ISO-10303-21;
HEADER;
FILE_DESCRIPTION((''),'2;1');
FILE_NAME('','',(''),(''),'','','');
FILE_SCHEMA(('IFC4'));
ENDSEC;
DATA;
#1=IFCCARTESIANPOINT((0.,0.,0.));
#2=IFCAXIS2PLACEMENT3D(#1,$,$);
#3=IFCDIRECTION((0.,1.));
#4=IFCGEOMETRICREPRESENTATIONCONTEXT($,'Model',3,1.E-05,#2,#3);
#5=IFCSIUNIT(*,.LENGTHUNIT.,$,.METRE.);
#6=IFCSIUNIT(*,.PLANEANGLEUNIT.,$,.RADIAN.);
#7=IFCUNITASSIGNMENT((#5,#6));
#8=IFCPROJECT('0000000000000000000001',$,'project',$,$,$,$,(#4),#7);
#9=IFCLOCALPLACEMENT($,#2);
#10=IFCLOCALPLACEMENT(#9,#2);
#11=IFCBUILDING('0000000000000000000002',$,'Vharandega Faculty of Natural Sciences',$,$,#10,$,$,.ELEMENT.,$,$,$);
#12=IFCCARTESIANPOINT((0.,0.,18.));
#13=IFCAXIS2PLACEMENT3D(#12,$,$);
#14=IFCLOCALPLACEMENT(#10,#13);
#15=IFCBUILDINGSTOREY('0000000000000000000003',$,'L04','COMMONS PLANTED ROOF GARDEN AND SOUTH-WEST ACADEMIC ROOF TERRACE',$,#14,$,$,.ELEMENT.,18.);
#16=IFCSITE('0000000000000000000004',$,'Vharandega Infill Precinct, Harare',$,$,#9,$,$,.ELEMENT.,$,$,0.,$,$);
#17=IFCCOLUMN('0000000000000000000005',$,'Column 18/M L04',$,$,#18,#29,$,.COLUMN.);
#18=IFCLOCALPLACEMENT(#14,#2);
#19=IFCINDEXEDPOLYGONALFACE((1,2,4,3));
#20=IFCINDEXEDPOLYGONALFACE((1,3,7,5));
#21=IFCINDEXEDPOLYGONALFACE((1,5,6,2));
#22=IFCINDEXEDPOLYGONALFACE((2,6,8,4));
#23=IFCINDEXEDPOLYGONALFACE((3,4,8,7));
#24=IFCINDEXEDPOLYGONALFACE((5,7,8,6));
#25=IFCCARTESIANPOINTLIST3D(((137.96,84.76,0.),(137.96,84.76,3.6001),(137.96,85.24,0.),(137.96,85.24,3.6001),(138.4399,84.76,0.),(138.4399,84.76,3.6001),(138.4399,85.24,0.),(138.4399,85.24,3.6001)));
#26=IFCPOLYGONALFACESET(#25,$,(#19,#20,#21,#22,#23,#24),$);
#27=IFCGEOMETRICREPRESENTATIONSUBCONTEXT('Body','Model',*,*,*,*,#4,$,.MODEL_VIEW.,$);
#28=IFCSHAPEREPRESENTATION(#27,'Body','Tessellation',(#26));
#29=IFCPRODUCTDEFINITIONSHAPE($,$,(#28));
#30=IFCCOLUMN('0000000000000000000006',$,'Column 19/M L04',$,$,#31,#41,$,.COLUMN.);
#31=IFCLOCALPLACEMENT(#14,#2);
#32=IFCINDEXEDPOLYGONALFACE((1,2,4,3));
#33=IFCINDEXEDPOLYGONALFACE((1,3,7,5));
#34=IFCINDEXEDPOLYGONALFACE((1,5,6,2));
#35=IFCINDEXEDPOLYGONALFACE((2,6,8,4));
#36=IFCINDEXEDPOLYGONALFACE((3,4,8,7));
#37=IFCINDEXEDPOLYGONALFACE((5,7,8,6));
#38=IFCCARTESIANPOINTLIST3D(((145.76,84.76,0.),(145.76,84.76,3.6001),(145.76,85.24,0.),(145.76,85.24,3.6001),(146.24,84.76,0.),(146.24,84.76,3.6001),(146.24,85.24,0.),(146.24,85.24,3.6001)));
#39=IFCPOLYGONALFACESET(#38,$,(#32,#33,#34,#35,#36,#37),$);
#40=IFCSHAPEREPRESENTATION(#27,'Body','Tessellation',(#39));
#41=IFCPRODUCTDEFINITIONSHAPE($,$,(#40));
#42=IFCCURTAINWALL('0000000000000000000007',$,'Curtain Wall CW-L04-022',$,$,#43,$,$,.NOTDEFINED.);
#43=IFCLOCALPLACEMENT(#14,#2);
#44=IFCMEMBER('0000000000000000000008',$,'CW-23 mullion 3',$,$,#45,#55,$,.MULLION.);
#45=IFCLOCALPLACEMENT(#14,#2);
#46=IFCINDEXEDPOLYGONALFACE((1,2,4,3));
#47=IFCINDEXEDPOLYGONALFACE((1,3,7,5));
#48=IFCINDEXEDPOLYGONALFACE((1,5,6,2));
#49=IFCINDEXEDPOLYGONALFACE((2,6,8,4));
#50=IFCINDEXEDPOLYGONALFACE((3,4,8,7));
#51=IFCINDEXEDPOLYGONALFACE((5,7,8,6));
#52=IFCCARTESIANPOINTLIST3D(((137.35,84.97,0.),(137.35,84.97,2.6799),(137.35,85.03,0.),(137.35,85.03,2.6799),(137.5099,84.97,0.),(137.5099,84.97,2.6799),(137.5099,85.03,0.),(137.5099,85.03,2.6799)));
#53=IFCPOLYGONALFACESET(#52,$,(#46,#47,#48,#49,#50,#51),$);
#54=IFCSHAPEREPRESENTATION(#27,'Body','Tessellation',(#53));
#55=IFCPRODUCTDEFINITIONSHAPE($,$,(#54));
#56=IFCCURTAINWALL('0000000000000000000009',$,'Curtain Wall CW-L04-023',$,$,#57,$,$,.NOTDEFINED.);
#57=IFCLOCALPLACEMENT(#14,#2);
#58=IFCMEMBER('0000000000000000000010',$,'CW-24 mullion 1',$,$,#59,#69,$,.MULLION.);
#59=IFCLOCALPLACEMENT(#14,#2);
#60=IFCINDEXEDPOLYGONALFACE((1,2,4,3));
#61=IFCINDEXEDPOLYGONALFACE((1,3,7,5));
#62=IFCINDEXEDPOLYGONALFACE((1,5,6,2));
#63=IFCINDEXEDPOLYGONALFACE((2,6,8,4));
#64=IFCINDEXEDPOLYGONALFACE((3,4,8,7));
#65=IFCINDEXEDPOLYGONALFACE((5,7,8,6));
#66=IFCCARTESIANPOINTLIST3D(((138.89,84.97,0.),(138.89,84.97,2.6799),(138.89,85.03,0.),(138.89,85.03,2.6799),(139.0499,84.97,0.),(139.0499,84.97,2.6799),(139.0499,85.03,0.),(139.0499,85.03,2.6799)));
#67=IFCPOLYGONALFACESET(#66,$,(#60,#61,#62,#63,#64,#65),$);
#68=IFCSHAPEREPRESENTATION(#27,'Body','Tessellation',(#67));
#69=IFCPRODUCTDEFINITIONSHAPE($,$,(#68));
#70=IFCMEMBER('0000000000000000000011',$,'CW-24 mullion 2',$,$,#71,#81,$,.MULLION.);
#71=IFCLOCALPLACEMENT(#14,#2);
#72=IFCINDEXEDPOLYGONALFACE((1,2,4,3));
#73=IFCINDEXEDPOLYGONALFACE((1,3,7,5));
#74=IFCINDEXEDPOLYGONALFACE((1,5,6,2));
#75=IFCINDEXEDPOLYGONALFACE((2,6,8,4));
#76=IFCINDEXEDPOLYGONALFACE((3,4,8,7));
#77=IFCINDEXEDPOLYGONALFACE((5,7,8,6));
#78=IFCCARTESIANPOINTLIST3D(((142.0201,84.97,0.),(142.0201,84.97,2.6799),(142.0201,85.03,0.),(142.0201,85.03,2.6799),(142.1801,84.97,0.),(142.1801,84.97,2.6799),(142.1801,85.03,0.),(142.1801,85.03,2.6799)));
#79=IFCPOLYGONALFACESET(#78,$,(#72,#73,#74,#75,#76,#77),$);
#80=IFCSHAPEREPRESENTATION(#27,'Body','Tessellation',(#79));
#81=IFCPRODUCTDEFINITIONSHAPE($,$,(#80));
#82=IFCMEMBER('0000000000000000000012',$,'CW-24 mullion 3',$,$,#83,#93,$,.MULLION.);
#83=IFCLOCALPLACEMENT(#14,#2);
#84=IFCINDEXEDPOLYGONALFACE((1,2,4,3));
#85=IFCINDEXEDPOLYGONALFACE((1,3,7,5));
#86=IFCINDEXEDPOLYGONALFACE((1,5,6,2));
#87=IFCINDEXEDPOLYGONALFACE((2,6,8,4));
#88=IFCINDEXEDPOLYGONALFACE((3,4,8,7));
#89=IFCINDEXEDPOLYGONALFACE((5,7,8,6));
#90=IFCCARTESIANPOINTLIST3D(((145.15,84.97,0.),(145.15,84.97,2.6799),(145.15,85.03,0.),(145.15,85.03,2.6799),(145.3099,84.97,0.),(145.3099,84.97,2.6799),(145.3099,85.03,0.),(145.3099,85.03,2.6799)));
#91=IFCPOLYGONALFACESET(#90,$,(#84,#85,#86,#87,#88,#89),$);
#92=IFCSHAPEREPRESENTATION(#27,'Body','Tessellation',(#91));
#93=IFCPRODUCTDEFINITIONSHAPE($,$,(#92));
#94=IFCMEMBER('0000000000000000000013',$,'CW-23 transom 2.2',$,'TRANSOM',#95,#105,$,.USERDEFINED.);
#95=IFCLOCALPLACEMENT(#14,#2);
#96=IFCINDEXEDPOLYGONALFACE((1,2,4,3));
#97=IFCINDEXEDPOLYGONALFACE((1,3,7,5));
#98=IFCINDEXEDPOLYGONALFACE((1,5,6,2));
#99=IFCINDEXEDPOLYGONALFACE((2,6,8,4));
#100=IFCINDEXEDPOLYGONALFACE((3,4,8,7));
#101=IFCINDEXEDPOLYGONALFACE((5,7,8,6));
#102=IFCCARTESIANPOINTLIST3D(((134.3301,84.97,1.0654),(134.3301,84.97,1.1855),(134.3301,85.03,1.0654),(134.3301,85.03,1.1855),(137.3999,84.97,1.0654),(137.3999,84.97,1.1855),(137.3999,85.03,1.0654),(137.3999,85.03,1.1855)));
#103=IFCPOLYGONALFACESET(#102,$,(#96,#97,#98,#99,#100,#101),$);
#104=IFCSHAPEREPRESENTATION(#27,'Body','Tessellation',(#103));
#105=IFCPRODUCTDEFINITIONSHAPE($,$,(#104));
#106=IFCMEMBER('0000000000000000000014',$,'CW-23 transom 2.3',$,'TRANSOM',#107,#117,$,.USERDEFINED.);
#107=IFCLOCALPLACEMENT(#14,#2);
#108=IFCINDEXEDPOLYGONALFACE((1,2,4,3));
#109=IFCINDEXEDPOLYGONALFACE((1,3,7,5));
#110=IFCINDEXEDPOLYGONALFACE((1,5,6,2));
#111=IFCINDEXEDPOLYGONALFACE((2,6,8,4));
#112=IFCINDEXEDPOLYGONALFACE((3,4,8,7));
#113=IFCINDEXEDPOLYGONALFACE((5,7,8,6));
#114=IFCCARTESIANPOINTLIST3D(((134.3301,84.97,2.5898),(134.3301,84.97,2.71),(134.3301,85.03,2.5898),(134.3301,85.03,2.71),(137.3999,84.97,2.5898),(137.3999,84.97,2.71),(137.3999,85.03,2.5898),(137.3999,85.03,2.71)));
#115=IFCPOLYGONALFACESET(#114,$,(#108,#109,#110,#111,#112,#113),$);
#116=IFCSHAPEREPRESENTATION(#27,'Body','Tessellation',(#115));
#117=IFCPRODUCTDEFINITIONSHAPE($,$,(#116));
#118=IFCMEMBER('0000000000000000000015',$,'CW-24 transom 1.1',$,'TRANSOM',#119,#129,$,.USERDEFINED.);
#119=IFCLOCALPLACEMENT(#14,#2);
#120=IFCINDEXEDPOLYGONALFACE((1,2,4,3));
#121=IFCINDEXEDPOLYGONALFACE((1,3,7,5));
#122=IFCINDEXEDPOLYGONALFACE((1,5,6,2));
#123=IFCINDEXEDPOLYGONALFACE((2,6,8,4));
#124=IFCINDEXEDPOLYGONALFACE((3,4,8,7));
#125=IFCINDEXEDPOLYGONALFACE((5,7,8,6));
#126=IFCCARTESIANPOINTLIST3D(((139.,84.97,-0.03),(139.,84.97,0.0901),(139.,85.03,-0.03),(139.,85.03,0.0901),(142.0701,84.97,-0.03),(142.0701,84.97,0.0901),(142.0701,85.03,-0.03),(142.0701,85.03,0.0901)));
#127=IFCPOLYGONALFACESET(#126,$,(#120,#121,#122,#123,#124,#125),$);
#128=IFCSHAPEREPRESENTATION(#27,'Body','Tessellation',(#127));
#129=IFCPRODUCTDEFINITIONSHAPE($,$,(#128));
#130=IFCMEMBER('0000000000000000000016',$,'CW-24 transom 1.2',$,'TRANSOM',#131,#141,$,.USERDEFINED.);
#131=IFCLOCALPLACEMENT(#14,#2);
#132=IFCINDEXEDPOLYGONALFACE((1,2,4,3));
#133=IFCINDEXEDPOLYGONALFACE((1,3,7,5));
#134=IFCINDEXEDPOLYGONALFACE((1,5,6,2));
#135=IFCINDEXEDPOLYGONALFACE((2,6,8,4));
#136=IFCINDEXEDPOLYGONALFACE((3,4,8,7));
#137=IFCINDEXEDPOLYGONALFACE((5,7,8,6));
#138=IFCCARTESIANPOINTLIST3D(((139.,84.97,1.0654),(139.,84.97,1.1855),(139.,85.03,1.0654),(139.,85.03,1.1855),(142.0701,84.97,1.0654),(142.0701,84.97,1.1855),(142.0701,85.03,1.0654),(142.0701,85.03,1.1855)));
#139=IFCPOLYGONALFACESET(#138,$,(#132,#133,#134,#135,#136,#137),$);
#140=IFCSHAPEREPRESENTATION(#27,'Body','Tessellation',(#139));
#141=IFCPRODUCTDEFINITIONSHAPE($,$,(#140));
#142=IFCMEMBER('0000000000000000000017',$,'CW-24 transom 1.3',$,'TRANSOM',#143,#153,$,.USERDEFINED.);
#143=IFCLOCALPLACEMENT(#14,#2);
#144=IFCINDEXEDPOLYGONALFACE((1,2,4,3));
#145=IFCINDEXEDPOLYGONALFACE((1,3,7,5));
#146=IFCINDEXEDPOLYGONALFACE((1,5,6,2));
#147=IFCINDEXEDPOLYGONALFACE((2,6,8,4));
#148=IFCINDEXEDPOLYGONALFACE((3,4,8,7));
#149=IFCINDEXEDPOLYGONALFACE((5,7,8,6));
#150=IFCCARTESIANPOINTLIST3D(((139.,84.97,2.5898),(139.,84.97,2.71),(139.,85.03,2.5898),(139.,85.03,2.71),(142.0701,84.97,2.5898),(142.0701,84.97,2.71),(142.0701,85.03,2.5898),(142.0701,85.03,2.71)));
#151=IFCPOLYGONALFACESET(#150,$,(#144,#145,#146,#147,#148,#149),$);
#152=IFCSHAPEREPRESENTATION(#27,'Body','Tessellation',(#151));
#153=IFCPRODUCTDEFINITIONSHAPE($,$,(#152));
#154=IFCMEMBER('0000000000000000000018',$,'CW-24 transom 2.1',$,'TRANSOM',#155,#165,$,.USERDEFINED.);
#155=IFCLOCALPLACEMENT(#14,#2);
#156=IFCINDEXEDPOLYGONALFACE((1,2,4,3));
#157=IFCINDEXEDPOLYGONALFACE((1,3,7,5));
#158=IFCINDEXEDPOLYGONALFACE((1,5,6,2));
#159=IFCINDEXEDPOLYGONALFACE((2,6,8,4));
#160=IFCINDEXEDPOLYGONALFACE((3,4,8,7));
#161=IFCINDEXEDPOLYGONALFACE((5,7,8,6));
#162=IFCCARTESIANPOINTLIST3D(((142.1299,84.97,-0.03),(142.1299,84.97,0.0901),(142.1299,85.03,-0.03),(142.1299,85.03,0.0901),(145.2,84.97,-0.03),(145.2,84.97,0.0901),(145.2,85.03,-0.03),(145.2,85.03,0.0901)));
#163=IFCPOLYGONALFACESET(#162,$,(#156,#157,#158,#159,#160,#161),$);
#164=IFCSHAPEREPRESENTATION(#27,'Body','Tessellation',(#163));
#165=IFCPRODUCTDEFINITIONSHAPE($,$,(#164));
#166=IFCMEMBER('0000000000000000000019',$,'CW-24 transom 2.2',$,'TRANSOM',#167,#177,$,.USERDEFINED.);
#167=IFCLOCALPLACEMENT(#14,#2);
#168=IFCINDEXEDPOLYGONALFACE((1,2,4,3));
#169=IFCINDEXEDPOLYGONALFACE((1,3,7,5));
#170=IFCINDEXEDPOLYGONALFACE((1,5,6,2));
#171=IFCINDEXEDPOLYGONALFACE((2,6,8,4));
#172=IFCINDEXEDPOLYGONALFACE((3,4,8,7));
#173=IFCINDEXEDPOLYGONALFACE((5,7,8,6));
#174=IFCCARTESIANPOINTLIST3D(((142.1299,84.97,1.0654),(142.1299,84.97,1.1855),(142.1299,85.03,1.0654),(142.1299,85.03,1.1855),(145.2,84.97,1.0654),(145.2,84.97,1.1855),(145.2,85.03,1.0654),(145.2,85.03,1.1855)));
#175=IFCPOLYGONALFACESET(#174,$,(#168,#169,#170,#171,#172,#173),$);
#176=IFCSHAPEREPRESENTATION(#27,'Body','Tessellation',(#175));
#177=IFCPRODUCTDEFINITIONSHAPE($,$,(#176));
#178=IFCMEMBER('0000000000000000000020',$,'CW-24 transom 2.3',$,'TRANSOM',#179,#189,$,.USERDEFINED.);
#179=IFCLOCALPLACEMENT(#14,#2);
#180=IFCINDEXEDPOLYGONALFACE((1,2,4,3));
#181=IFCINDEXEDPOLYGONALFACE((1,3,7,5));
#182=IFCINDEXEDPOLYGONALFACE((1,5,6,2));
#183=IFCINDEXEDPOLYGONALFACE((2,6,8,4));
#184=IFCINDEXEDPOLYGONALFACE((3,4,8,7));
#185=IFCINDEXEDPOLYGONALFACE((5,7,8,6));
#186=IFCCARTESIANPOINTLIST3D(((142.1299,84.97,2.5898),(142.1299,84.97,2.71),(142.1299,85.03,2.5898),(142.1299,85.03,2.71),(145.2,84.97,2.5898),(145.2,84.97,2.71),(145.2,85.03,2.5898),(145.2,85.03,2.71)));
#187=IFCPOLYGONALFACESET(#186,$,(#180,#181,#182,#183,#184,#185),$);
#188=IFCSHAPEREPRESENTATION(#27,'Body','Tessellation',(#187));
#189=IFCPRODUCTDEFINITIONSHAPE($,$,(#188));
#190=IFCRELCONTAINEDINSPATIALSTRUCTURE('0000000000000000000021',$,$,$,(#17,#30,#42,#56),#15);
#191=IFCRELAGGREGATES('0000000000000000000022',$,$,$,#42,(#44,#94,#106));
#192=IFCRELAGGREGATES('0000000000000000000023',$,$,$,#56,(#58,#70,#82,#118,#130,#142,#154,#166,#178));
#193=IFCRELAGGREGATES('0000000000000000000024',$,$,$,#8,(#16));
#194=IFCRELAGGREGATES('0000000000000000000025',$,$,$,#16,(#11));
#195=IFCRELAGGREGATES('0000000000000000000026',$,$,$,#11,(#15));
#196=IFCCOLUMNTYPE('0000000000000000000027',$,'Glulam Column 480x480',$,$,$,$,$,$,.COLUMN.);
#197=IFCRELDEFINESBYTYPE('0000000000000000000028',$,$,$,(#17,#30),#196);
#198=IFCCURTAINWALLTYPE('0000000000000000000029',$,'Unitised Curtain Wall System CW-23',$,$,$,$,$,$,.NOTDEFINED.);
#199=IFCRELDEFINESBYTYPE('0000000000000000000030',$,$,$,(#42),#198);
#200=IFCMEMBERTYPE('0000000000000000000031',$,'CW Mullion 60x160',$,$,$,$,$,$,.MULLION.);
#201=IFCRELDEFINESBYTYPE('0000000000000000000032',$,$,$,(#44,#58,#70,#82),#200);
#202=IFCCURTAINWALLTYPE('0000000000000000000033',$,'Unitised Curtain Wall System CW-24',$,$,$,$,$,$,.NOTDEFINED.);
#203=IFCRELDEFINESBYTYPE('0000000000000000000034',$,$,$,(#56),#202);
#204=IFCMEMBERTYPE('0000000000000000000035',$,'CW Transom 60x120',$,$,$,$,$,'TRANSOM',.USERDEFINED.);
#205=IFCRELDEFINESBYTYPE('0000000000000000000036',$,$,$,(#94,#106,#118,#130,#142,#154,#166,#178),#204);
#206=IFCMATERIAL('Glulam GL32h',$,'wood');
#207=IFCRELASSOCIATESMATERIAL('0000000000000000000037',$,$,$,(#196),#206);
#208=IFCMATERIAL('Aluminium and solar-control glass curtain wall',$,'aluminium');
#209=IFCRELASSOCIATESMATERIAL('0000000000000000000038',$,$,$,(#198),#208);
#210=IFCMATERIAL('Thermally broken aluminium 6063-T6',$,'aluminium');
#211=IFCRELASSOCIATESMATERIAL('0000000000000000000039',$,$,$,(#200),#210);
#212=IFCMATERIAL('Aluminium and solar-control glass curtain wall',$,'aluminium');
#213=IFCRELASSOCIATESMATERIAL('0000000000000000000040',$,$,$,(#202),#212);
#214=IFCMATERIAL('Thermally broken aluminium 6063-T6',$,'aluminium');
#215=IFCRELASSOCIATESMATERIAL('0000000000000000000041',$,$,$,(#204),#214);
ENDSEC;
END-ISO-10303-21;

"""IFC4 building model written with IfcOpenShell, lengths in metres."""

from ifc_helpers import new_model, si_unit, direction, frame, origin, origin_2d, place, context, subcontext, project, spatial, rectangle, extrude, material, material_profile, profile_set, type_object, element, aggregate, save


model = new_model("IFC4")

# Units and contexts
model_context = context("Model", 3, precision=1e-05, world=origin(), true_north=direction((0.0, 1.0)))
body_context = subcontext(model_context, "Body", "Model", "MODEL_VIEW")
ifc_project = project(units=[si_unit("LENGTHUNIT", "METRE"), si_unit("PLANEANGLEUNIT", "RADIAN")], contexts=[model_context])

# Site, building, storey
site_placement = place(None, origin())
site = spatial("IfcSite", under=ifc_project, at=site_placement, Name="Vharandega Infill Precinct, Harare", CompositionType="ELEMENT", RefElevation=0.0)
building_placement = place(site_placement, origin())
building = spatial("IfcBuilding", under=site, at=building_placement, Name="Vharandega Faculty of Natural Sciences", CompositionType="ELEMENT")
storey_placement = place(building_placement, frame((0.0, 0.0, 18.0)))
storey = spatial("IfcBuildingStorey", under=building, at=storey_placement, Name="L04", Description="COMMONS PLANTED ROOF GARDEN AND SOUTH-WEST ACADEMIC ROOF TERRACE", CompositionType="ELEMENT", Elevation=18.0)

# Columns
ifc_material_1 = material(Name="Glulam GL32h", Category="wood")
ifc_material_profile_1 = material_profile(ifc_material_1, rectangle(XDim=0.48, YDim=0.48, at=origin_2d()), Name="GL32h 480x480")
ifc_profile_set_1 = profile_set([ifc_material_profile_1], Name="Glulam GL32h")
column_type = type_object("IfcColumnType", Name="Glulam Column 480x480", PredefinedType="COLUMN", material=ifc_profile_set_1)
for number, where, z_axis, x_axis, name in (
    (1, (138.2, 85.0, 0.0), (0.0, 0.0, 1.0), (1.0, 0.0, 0.0), "Column 18/M L04"),
    (2, (146.0, 85.0, 0.0), (0.0, 0.0, 1.0), (1.0, 0.0, 0.0), "Column 19/M L04"),
):
    element("IfcColumn", number, at=place(storey_placement, frame(where, z_axis=z_axis, x_axis=x_axis)), inside=storey, type_object=column_type, Name=name, PredefinedType="COLUMN", context=body_context, shape_type="SweptSolid", body=[
        extrude(rectangle(XDim=0.48, YDim=0.48, at=origin_2d()), origin(), (0.0, 0.0, 1.0), 3.6001),
    ])

# Curtain wall, member
ifc_material_2 = material(Name="Aluminium and solar-control glass curtain wall", Category="aluminium")
curtain_wall_type_1 = type_object("IfcCurtainWallType", Name="Unitised Curtain Wall System CW-23", PredefinedType="NOTDEFINED", material=ifc_material_2)
curtain_wall_1_placement = place(storey_placement, origin())
curtain_wall_1 = element("IfcCurtainWall", 3, at=curtain_wall_1_placement, inside=storey, type_object=curtain_wall_type_1, Name="Curtain Wall CW-L04-022", PredefinedType="NOTDEFINED")
ifc_material_3 = material(Name="Thermally broken aluminium 6063-T6", Category="aluminium")
ifc_material_profile_2 = material_profile(ifc_material_3, rectangle(XDim=0.0601, YDim=0.1599, at=origin_2d()), Name="ALU 60x160")
ifc_profile_set_2 = profile_set([ifc_material_profile_2], Name="Thermally broken aluminium 6063-T6")
member_type_1 = type_object("IfcMemberType", Name="CW Mullion 60x160", PredefinedType="MULLION", material=ifc_profile_set_2)
member_1_placement = place(storey_placement, frame((137.4299, 85.0, 0.0), z_axis=(0.0, 0.0, 1.0), x_axis=(0.0, 1.0, 0.0)))
member_1 = element("IfcMember", 4, at=member_1_placement, type_object=member_type_1, Name="CW-23 mullion 3", PredefinedType="MULLION", context=body_context, shape_type="SweptSolid", body=[
    extrude(rectangle(XDim=0.0601, YDim=0.1599, at=origin_2d()), origin(), (0.0, 0.0, 1.0), 2.6799),
])

# Curtain wall, members
ifc_material_4 = material(Name="Aluminium and solar-control glass curtain wall", Category="aluminium")
curtain_wall_type_2 = type_object("IfcCurtainWallType", Name="Unitised Curtain Wall System CW-24", PredefinedType="NOTDEFINED", material=ifc_material_4)
curtain_wall_2_placement = place(storey_placement, origin())
curtain_wall_2 = element("IfcCurtainWall", 5, at=curtain_wall_2_placement, inside=storey, type_object=curtain_wall_type_2, Name="Curtain Wall CW-L04-023", PredefinedType="NOTDEFINED")
member_2_placement = place(storey_placement, frame((138.97, 85.0, 0.0), z_axis=(0.0, 0.0, 1.0), x_axis=(0.0, 1.0, 0.0)))
member_2 = element("IfcMember", 6, at=member_2_placement, type_object=member_type_1, Name="CW-24 mullion 1", PredefinedType="MULLION", context=body_context, shape_type="SweptSolid", body=[
    extrude(rectangle(XDim=0.0601, YDim=0.1599, at=origin_2d()), origin(), (0.0, 0.0, 1.0), 2.6799),
])
member_3_placement = place(storey_placement, frame((142.1001, 85.0, 0.0), z_axis=(0.0, 0.0, 1.0), x_axis=(0.0, 1.0, 0.0)))
member_3 = element("IfcMember", 7, at=member_3_placement, type_object=member_type_1, Name="CW-24 mullion 2", PredefinedType="MULLION", context=body_context, shape_type="SweptSolid", body=[
    extrude(rectangle(XDim=0.0601, YDim=0.1599, at=origin_2d()), origin(), (0.0, 0.0, 1.0), 2.6799),
])
member_4_placement = place(storey_placement, frame((145.23, 85.0, 0.0), z_axis=(0.0, 0.0, 1.0), x_axis=(0.0, 1.0, 0.0)))
member_4 = element("IfcMember", 8, at=member_4_placement, type_object=member_type_1, Name="CW-24 mullion 3", PredefinedType="MULLION", context=body_context, shape_type="SweptSolid", body=[
    extrude(rectangle(XDim=0.0601, YDim=0.1599, at=origin_2d()), origin(), (0.0, 0.0, 1.0), 2.6799),
])

# Members
ifc_material_5 = material(Name="Thermally broken aluminium 6063-T6", Category="aluminium")
ifc_material_profile_3 = material_profile(ifc_material_5, rectangle(XDim=0.0601, YDim=0.1201, at=origin_2d()), Name="ALU 60x120")
ifc_profile_set_3 = profile_set([ifc_material_profile_3], Name="Thermally broken aluminium 6063-T6")
member_type_2 = type_object("IfcMemberType", Name="CW Transom 60x120", ElementType="TRANSOM", PredefinedType="USERDEFINED", material=ifc_profile_set_3)
member_5_placement = place(storey_placement, frame((134.3301, 85.0, 1.1255), z_axis=(1.0, 0.0, 0.0), x_axis=(0.0, 1.0, 0.0)))
member_5 = element("IfcMember", 9, at=member_5_placement, type_object=member_type_2, Name="CW-23 transom 2.2", ObjectType="TRANSOM", PredefinedType="USERDEFINED", context=body_context, shape_type="SweptSolid", body=[
    extrude(rectangle(XDim=0.0601, YDim=0.1201, at=origin_2d()), origin(), (0.0, 0.0, 1.0), 3.0698),
])
member_6_placement = place(storey_placement, frame((134.3301, 85.0, 2.6499), z_axis=(1.0, 0.0, 0.0), x_axis=(0.0, 1.0, 0.0)))
member_6 = element("IfcMember", 10, at=member_6_placement, type_object=member_type_2, Name="CW-23 transom 2.3", ObjectType="TRANSOM", PredefinedType="USERDEFINED", context=body_context, shape_type="SweptSolid", body=[
    extrude(rectangle(XDim=0.0601, YDim=0.1201, at=origin_2d()), origin(), (0.0, 0.0, 1.0), 3.0698),
])
member_7_placement = place(storey_placement, frame((139.0, 85.0, 0.03), z_axis=(1.0, 0.0, 0.0), x_axis=(0.0, 1.0, 0.0)))
member_7 = element("IfcMember", 11, at=member_7_placement, type_object=member_type_2, Name="CW-24 transom 1.1", ObjectType="TRANSOM", PredefinedType="USERDEFINED", context=body_context, shape_type="SweptSolid", body=[
    extrude(rectangle(XDim=0.0601, YDim=0.1201, at=origin_2d()), origin(), (0.0, 0.0, 1.0), 3.0701),
])
member_8_placement = place(storey_placement, frame((139.0, 85.0, 1.1255), z_axis=(1.0, 0.0, 0.0), x_axis=(0.0, 1.0, 0.0)))
member_8 = element("IfcMember", 12, at=member_8_placement, type_object=member_type_2, Name="CW-24 transom 1.2", ObjectType="TRANSOM", PredefinedType="USERDEFINED", context=body_context, shape_type="SweptSolid", body=[
    extrude(rectangle(XDim=0.0601, YDim=0.1201, at=origin_2d()), origin(), (0.0, 0.0, 1.0), 3.0701),
])
member_9_placement = place(storey_placement, frame((139.0, 85.0, 2.6499), z_axis=(1.0, 0.0, 0.0), x_axis=(0.0, 1.0, 0.0)))
member_9 = element("IfcMember", 13, at=member_9_placement, type_object=member_type_2, Name="CW-24 transom 1.3", ObjectType="TRANSOM", PredefinedType="USERDEFINED", context=body_context, shape_type="SweptSolid", body=[
    extrude(rectangle(XDim=0.0601, YDim=0.1201, at=origin_2d()), origin(), (0.0, 0.0, 1.0), 3.0701),
])
member_10_placement = place(storey_placement, frame((142.1299, 85.0, 0.03), z_axis=(1.0, 0.0, 0.0), x_axis=(0.0, 1.0, 0.0)))
member_10 = element("IfcMember", 14, at=member_10_placement, type_object=member_type_2, Name="CW-24 transom 2.1", ObjectType="TRANSOM", PredefinedType="USERDEFINED", context=body_context, shape_type="SweptSolid", body=[
    extrude(rectangle(XDim=0.0601, YDim=0.1201, at=origin_2d()), origin(), (0.0, 0.0, 1.0), 3.0701),
])
member_11_placement = place(storey_placement, frame((142.1299, 85.0, 1.1255), z_axis=(1.0, 0.0, 0.0), x_axis=(0.0, 1.0, 0.0)))
member_11 = element("IfcMember", 15, at=member_11_placement, type_object=member_type_2, Name="CW-24 transom 2.2", ObjectType="TRANSOM", PredefinedType="USERDEFINED", context=body_context, shape_type="SweptSolid", body=[
    extrude(rectangle(XDim=0.0601, YDim=0.1201, at=origin_2d()), origin(), (0.0, 0.0, 1.0), 3.0701),
])
member_12_placement = place(storey_placement, frame((142.1299, 85.0, 2.6499), z_axis=(1.0, 0.0, 0.0), x_axis=(0.0, 1.0, 0.0)))
member_12 = element("IfcMember", 16, at=member_12_placement, type_object=member_type_2, Name="CW-24 transom 2.3", ObjectType="TRANSOM", PredefinedType="USERDEFINED", context=body_context, shape_type="SweptSolid", body=[
    extrude(rectangle(XDim=0.0601, YDim=0.1201, at=origin_2d()), origin(), (0.0, 0.0, 1.0), 3.0701),
])

aggregate(curtain_wall_1, [member_1, member_5, member_6])
aggregate(curtain_wall_2, [member_2, member_3, member_4, member_7, member_8, member_9, member_10, member_11, member_12])

save(model, "model.ifc")
